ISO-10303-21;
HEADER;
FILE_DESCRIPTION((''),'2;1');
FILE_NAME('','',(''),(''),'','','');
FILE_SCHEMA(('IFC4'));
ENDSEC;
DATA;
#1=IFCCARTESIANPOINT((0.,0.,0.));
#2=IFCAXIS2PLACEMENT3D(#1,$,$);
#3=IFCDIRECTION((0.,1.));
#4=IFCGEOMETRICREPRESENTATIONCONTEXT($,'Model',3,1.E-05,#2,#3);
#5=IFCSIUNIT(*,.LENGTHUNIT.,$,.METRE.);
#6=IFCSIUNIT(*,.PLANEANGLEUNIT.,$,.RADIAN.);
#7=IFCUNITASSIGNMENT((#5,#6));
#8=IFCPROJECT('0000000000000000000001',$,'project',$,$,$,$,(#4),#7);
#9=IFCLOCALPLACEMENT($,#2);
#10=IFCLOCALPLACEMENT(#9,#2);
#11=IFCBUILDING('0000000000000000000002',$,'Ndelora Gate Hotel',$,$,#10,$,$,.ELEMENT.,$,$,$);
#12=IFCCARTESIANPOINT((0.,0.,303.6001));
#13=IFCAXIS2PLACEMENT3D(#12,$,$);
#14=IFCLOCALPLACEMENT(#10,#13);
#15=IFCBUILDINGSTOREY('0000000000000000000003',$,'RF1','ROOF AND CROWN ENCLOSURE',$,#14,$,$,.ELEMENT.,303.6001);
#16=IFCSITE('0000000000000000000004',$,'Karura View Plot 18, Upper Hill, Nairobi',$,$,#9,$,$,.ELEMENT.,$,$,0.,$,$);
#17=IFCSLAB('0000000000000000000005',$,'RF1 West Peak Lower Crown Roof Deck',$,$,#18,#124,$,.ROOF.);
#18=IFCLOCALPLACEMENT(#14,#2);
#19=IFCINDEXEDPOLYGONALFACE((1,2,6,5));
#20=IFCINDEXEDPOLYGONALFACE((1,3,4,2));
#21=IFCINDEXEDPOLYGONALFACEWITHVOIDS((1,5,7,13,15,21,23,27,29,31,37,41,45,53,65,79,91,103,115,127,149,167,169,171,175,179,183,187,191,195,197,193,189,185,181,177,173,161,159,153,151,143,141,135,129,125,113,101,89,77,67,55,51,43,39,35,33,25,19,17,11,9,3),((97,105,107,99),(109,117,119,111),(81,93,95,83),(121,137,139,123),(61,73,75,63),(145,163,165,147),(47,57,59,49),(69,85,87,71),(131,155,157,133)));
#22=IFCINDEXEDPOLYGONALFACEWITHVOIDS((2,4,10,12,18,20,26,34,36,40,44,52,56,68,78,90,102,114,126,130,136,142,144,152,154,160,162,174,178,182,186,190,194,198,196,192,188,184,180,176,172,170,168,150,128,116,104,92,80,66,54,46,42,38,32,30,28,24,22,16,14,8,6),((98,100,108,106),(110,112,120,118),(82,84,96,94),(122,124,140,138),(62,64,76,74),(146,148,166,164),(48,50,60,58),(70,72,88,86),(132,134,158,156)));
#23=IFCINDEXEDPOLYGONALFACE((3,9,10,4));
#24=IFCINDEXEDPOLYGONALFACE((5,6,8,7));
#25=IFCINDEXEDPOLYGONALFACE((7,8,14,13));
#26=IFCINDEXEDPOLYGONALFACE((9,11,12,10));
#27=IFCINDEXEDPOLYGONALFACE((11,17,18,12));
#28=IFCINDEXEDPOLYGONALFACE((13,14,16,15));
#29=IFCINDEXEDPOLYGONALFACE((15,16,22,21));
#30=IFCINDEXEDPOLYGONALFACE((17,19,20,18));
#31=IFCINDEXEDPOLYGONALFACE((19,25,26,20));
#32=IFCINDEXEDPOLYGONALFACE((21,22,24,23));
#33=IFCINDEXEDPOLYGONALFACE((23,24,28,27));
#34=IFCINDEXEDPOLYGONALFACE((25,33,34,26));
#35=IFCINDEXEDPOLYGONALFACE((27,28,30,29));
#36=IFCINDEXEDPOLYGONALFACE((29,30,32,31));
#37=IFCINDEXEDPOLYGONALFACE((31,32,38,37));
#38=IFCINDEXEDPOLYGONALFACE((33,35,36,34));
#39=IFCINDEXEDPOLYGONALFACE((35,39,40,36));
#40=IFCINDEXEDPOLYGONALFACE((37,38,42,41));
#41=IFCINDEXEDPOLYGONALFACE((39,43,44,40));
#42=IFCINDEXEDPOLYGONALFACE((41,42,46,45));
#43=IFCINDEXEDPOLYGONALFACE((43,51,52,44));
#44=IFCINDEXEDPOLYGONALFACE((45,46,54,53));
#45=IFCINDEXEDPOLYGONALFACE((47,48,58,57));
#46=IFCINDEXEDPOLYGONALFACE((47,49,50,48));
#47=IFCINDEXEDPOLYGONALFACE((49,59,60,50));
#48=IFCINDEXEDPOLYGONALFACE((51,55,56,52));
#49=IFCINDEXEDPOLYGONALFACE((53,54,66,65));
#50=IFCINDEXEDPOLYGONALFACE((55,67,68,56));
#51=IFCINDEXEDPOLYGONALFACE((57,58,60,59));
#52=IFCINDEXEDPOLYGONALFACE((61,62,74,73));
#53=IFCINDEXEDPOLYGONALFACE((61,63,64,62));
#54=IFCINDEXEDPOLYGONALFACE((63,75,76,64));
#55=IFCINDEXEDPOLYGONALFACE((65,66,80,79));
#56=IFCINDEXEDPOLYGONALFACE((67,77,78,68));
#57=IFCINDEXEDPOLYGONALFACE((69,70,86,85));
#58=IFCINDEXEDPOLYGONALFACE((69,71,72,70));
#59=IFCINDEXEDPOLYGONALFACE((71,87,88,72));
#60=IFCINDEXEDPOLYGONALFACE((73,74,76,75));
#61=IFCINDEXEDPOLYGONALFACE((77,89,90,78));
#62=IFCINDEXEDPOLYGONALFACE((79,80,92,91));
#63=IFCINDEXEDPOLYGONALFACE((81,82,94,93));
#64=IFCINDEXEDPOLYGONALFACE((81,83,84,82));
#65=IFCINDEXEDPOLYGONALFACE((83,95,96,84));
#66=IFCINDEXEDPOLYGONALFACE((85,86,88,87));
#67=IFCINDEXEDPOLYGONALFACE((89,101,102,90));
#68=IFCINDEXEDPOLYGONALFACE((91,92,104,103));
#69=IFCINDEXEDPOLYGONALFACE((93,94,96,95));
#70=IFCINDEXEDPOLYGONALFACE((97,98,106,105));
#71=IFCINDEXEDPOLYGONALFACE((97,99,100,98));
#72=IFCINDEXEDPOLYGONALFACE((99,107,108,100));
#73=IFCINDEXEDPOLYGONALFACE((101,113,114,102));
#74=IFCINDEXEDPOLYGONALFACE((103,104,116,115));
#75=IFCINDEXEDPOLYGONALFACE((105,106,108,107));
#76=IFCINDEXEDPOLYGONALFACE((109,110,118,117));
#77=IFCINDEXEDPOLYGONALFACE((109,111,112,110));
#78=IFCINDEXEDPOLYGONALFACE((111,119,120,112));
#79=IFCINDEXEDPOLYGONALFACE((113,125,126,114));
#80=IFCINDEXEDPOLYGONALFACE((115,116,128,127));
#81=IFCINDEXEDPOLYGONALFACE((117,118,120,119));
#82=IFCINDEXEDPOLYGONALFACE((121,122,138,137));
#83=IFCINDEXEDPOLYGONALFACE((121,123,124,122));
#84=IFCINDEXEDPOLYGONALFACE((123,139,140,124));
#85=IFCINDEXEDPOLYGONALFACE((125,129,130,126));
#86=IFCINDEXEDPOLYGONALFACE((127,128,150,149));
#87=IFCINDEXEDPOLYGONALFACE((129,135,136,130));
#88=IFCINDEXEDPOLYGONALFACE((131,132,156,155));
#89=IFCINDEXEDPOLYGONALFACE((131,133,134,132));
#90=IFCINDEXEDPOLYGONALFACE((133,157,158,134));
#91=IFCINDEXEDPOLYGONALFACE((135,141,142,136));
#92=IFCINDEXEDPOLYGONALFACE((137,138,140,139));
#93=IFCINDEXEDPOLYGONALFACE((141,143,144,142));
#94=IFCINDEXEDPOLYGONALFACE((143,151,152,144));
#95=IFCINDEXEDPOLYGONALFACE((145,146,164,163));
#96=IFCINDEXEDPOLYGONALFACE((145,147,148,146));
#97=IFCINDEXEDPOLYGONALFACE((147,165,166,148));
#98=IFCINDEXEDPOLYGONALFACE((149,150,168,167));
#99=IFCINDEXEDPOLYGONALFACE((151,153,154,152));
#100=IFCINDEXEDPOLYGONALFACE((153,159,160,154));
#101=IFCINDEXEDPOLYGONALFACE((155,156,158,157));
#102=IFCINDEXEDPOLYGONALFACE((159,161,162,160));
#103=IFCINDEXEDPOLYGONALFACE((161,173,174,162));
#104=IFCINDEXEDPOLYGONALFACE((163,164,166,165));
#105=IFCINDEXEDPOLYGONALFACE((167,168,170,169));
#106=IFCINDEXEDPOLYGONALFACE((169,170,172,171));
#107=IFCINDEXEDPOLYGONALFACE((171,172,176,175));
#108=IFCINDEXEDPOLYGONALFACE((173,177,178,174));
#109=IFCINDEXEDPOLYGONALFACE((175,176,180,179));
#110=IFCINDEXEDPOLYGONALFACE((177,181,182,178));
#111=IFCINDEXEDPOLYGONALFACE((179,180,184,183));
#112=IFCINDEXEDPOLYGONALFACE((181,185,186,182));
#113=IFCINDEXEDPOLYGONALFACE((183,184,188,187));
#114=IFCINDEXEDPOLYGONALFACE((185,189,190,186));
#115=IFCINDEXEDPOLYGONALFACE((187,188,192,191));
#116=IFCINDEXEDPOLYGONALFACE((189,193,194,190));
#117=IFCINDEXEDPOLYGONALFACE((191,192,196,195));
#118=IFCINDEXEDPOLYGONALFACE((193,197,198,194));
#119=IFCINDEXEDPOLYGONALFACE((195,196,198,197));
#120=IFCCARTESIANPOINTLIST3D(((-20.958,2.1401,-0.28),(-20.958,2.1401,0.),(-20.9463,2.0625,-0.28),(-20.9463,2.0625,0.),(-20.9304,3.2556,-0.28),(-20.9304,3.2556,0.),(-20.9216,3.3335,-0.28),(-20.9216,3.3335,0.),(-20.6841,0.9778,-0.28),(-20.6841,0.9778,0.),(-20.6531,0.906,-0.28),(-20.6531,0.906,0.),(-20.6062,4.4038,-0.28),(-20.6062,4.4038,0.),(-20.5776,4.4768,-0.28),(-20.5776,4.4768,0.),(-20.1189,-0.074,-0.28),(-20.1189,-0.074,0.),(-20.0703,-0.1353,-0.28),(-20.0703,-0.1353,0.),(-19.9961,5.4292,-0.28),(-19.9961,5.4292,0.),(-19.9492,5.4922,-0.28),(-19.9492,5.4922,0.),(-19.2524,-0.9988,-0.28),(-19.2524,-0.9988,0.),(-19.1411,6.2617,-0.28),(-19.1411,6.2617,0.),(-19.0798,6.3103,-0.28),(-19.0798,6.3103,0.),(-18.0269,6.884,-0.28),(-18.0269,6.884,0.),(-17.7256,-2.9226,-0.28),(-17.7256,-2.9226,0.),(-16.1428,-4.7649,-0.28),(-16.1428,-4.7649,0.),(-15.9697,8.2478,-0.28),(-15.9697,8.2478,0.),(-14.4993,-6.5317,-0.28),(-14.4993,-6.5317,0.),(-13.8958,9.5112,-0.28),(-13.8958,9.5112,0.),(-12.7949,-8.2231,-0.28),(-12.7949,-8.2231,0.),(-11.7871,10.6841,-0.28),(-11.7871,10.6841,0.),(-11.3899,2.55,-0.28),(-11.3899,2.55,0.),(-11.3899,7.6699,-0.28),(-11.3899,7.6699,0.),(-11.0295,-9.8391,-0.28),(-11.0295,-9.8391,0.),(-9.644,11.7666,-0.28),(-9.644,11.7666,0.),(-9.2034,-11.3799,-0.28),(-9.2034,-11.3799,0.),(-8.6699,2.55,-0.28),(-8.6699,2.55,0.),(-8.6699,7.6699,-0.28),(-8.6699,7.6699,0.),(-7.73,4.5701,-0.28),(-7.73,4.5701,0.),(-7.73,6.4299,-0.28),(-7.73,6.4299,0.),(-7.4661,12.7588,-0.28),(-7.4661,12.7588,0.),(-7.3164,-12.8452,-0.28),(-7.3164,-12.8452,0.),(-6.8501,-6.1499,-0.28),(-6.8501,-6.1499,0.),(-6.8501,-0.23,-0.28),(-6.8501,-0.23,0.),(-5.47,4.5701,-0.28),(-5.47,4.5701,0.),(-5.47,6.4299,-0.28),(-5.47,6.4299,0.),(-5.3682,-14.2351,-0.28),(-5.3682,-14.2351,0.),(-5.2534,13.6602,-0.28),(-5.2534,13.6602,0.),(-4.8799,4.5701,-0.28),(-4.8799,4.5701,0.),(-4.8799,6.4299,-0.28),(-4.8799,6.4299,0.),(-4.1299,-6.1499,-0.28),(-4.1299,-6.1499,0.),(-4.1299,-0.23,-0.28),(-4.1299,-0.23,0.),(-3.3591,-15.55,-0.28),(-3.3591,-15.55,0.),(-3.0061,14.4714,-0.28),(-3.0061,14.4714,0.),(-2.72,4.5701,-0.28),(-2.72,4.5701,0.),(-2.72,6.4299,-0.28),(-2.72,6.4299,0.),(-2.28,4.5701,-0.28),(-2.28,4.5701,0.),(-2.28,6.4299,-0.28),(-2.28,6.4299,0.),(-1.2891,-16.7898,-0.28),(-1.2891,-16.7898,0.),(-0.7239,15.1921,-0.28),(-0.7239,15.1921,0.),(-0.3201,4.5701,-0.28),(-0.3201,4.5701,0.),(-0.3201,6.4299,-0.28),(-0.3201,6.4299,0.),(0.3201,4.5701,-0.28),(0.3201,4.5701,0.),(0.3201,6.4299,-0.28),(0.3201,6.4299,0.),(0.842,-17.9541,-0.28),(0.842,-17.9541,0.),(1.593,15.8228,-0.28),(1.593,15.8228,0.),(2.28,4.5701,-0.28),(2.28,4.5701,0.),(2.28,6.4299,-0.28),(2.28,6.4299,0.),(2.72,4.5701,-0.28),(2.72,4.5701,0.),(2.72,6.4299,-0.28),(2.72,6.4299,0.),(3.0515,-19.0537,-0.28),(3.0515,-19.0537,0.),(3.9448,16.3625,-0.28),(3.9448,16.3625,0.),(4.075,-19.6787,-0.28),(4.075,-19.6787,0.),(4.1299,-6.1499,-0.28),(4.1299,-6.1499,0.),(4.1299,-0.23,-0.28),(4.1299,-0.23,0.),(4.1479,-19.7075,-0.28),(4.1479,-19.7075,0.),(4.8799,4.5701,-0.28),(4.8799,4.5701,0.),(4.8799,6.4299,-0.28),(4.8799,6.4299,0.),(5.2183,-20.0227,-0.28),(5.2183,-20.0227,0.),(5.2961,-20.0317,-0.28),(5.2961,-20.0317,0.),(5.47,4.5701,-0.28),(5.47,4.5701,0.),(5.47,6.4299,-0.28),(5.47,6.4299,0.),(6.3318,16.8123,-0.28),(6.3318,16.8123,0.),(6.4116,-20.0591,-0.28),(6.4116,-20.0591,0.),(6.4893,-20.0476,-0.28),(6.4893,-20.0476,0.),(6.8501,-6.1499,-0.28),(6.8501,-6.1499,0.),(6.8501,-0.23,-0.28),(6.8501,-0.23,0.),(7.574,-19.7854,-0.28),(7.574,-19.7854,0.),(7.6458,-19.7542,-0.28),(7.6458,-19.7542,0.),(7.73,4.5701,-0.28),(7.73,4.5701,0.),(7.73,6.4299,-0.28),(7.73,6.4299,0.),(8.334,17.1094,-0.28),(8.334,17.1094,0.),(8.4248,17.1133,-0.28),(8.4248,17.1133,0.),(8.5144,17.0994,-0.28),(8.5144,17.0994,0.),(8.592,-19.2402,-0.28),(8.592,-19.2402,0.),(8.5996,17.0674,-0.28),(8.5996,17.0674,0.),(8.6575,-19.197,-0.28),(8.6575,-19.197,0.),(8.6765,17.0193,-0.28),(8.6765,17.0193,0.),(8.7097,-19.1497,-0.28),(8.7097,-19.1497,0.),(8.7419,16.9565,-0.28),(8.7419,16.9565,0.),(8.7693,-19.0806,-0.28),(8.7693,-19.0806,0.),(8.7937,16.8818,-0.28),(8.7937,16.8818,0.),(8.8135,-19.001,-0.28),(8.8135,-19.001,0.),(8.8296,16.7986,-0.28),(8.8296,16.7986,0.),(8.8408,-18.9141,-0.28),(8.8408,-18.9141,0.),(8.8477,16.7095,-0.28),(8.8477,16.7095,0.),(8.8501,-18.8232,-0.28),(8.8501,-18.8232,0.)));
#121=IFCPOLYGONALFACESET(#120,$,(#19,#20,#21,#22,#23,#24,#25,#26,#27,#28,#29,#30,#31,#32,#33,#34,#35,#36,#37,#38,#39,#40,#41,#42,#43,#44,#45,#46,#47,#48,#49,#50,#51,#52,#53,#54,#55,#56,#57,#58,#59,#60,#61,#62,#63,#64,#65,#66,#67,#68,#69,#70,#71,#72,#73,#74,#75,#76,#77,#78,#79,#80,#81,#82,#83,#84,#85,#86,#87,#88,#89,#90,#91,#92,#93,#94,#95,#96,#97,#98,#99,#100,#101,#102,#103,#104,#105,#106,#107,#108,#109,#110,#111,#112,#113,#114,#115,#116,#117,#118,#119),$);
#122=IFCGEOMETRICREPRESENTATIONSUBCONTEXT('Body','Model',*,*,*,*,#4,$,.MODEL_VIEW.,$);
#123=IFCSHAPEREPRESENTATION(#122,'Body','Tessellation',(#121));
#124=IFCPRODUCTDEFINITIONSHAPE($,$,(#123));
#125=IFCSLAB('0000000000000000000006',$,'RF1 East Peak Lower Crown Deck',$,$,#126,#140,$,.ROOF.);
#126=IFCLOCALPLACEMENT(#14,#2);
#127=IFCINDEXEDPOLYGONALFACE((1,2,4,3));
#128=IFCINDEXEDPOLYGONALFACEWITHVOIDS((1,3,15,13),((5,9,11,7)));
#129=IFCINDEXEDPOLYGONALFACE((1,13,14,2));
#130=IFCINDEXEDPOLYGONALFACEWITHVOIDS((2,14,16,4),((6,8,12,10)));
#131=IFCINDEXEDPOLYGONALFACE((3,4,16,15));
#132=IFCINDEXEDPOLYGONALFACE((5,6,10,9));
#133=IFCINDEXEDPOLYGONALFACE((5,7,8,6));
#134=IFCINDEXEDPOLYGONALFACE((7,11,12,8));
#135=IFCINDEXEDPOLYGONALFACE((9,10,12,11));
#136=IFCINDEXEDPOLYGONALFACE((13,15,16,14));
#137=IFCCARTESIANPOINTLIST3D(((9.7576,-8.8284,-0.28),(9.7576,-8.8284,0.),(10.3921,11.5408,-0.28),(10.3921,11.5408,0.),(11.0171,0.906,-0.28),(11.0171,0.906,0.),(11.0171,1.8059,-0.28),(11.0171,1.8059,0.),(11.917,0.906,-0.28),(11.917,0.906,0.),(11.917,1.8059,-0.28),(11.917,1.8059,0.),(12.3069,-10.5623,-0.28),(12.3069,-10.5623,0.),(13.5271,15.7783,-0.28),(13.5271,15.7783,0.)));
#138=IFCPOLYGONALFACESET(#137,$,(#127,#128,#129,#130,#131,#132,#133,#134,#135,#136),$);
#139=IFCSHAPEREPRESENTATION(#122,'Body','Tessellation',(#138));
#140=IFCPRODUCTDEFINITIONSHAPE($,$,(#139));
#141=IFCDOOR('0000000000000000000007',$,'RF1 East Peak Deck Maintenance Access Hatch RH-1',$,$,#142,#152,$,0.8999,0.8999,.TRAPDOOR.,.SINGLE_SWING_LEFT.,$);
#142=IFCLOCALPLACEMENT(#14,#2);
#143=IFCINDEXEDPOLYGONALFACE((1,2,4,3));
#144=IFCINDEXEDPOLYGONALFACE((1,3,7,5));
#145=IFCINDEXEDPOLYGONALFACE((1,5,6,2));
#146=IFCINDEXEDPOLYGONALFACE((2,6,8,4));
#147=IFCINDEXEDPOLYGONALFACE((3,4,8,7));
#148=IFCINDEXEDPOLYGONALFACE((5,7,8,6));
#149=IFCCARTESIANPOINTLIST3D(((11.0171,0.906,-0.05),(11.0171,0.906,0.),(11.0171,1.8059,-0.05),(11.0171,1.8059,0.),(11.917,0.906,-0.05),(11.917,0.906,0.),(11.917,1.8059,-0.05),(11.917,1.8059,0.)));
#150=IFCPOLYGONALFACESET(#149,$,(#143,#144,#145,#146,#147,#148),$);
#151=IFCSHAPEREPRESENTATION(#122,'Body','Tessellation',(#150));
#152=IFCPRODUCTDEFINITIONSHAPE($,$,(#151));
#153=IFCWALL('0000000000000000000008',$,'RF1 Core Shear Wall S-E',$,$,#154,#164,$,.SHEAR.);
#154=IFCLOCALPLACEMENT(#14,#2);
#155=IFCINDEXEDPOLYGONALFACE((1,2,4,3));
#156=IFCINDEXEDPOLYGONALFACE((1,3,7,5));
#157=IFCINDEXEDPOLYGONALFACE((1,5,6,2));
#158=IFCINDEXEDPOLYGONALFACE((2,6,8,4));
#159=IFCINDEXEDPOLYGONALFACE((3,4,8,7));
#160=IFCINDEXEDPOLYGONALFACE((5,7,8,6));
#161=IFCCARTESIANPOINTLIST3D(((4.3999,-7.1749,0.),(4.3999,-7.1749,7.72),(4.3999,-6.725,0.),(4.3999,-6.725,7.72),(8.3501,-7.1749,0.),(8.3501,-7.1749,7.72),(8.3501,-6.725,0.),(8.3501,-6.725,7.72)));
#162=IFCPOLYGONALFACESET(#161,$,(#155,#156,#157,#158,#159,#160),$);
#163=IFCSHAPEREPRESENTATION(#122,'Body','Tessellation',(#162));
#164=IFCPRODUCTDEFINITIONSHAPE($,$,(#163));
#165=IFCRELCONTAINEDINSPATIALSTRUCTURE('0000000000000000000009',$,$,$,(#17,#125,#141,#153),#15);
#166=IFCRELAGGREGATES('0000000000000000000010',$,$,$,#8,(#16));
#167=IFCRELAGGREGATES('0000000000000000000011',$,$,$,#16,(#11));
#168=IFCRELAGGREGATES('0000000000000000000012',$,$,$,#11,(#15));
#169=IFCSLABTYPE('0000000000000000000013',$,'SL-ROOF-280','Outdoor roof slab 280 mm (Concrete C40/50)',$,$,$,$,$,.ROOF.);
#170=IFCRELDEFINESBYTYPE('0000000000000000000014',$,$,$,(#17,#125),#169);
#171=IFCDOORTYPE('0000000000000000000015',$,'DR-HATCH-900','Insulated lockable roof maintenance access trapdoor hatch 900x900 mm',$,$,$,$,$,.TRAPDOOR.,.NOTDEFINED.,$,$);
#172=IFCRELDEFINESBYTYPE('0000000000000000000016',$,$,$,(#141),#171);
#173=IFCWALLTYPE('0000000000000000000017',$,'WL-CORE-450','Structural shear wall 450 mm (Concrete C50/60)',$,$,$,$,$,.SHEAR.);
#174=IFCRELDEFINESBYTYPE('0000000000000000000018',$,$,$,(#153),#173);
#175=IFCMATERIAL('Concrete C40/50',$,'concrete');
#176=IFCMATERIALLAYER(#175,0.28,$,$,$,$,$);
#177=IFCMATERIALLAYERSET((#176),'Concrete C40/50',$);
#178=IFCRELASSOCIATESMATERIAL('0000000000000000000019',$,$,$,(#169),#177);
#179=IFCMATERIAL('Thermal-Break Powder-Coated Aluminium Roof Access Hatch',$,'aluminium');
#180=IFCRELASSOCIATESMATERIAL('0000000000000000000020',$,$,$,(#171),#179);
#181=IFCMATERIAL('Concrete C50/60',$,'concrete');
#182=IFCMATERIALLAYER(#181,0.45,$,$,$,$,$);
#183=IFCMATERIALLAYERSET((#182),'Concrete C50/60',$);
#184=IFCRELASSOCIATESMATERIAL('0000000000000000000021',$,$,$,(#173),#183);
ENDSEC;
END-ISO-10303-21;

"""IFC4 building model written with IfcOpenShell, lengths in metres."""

from ifc_helpers import new_model, si_unit, direction, frame, frame_2d, origin, origin_2d, place, context, subcontext, project, spatial, polyline, rectangle, outline, extrude, material, layer, layer_set, type_object, element, fill, save


model = new_model("IFC4")

# Units and contexts
model_context = context("Model", 3, precision=1e-05, world=origin(), true_north=direction((0.0, 1.0)))
body_context = subcontext(model_context, "Body", "Model", "MODEL_VIEW")
ifc_project = project(units=[si_unit("LENGTHUNIT", "METRE"), si_unit("PLANEANGLEUNIT", "RADIAN")], contexts=[model_context])

# Site, building, storey
site_placement = place(None, origin())
site = spatial("IfcSite", under=ifc_project, at=site_placement, Name="Karura View Plot 18, Upper Hill, Nairobi", CompositionType="ELEMENT", RefElevation=0.0)
building_placement = place(site_placement, origin())
building = spatial("IfcBuilding", under=site, at=building_placement, Name="Ndelora Gate Hotel", CompositionType="ELEMENT")
storey_placement = place(building_placement, frame((0.0, 0.0, 303.6001)))
storey = spatial("IfcBuildingStorey", under=building, at=storey_placement, Name="RF1", Description="ROOF AND CROWN ENCLOSURE", CompositionType="ELEMENT", Elevation=303.6001)

# Shared definitions
ifc_material_1 = material(Name="Concrete C50/60", Category="concrete")

# Slab
ifc_material_2 = material(Name="Concrete C40/50", Category="concrete")
ifc_layer_1 = layer(ifc_material_2, 0.28)
ifc_layer_set_1 = layer_set([ifc_layer_1], Name="Concrete C40/50")
slab_type_1 = type_object("IfcSlabType", Name="SL-ROOF-280", Description="Outdoor roof slab 280 mm (Concrete C40/50)", PredefinedType="ROOF", material=ifc_layer_set_1)
slab_1_placement = place(storey_placement, frame((0.0, 0.0, -0.28)))
element("IfcSlab", 1, at=slab_1_placement, inside=storey, type_object=slab_type_1, Name="RF1 West Peak Lower Crown Roof Deck", PredefinedType="ROOF", context=body_context, shape_type="SweptSolid", body=[
    extrude(outline(polyline([(-18.0269, 6.884), (-19.0798, 6.3103), (-19.1411, 6.2617), (-19.9492, 5.4922), (-19.9961, 5.4292), (-20.5776, 4.4768), (-20.6062, 4.4038), (-20.9216, 3.3335), (-20.9304, 3.2556), (-20.958, 2.1401), (-20.9463, 2.0625), (-20.6841, 0.9778), (-20.6531, 0.906), (-20.1189, -0.074), (-20.0703, -0.1353), (-19.2524, -0.9988), (-17.7256, -2.9226), (-16.1428, -4.7649), (-14.4993, -6.5317), (-12.7949, -8.2231), (-11.0295, -9.8391), (-9.2034, -11.3799), (-7.3164, -12.8452), (-5.3682, -14.2351), (-3.3591, -15.55), (-1.2891, -16.7898), (0.842, -17.9541), (3.0515, -19.0537), (4.075, -19.6787), (4.1479, -19.7075), (5.2183, -20.0227), (5.2961, -20.0317), (6.4116, -20.0591), (6.4893, -20.0476), (7.574, -19.7854), (7.6458, -19.7542), (8.592, -19.2402), (8.6575, -19.197), (8.7097, -19.1497), (8.7693, -19.0806), (8.8135, -19.001), (8.8408, -18.9141), (8.8501, -18.8232), (8.8477, 16.7095), (8.8296, 16.7986), (8.7937, 16.8818), (8.7419, 16.9565), (8.6765, 17.0193), (8.5996, 17.0674), (8.5144, 17.0994), (8.4248, 17.1133), (8.334, 17.1094), (6.3318, 16.8123), (3.9448, 16.3625), (1.593, 15.8228), (-0.7239, 15.1921), (-3.0061, 14.4714), (-5.2534, 13.6602), (-7.4661, 12.7588), (-9.644, 11.7666), (-11.7871, 10.6841), (-13.8958, 9.5112), (-15.9697, 8.2478), (-18.0269, 6.884)]), holes=[polyline([(-6.8501, -0.23), (-6.8501, -6.1499), (-4.1299, -6.1499), (-4.1299, -0.23), (-6.8501, -0.23)]), polyline([(4.1299, -0.23), (4.1299, -6.1499), (6.8501, -6.1499), (6.8501, -0.23), (4.1299, -0.23)]), polyline([(-11.3899, 7.6699), (-11.3899, 2.55), (-8.6699, 2.55), (-8.6699, 7.6699), (-11.3899, 7.6699)]), polyline([(-7.73, 4.5701), (-5.47, 4.5701), (-5.47, 6.4299), (-7.73, 6.4299), (-7.73, 4.5701)]), polyline([(5.47, 4.5701), (7.73, 4.5701), (7.73, 6.4299), (5.47, 6.4299), (5.47, 4.5701)]), polyline([(-4.8799, 4.5701), (-2.72, 4.5701), (-2.72, 6.4299), (-4.8799, 6.4299), (-4.8799, 4.5701)]), polyline([(2.72, 4.5701), (4.8799, 4.5701), (4.8799, 6.4299), (2.72, 6.4299), (2.72, 4.5701)]), polyline([(-2.28, 4.5701), (-0.3201, 4.5701), (-0.3201, 6.4299), (-2.28, 6.4299), (-2.28, 4.5701)]), polyline([(0.3201, 4.5701), (2.28, 4.5701), (2.28, 6.4299), (0.3201, 6.4299), (0.3201, 4.5701)])]), origin(), (0.0, 0.0, 1.0), 0.28),
])

# Slab, opening, door
slab_2_placement = place(storey_placement, frame((0.0, 0.0, -0.28)))
slab_2 = element("IfcSlab", 2, at=slab_2_placement, inside=storey, type_object=slab_type_1, Name="RF1 East Peak Lower Crown Deck", PredefinedType="ROOF", context=body_context, shape_type="SweptSolid", body=[
    extrude(outline(polyline([(9.7576, -8.8284), (12.3069, -10.5623), (13.5271, 15.7783), (10.3921, 11.5408), (9.7576, -8.8284)]), holes=[polyline([(11.0171, 0.906), (11.917, 0.906), (11.917, 1.8059), (11.0171, 1.8059), (11.0171, 0.906)])]), origin(), (0.0, 0.0, 1.0), 0.28),
])
opening_placement = place(slab_2_placement, frame((11.467, 1.356, 0.0)))
opening = element("IfcOpeningElement", 3, at=opening_placement, cuts=slab_2, PredefinedType="OPENING", context=body_context, shape_type="SweptSolid", body=[
    extrude(rectangle(XDim=0.8999, YDim=0.8999, at=origin_2d()), frame((0.0, 0.0, -0.01)), (0.0, 0.0, 1.0), 0.3),
])
ifc_material_3 = material(Name="Thermal-Break Powder-Coated Aluminium Roof Access Hatch", Category="aluminium")
door_type = type_object("IfcDoorType", Name="DR-HATCH-900", Description="Insulated lockable roof maintenance access trapdoor hatch 900x900 mm", OperationType="NOTDEFINED", PredefinedType="TRAPDOOR", material=ifc_material_3)
door_placement = place(opening_placement, frame((0.0, 0.0, 0.23)))
door = element("IfcDoor", 4, at=door_placement, inside=storey, type_object=door_type, Name="RF1 East Peak Deck Maintenance Access Hatch RH-1", OperationType="SINGLE_SWING_LEFT", OverallHeight=0.8999, OverallWidth=0.8999, PredefinedType="TRAPDOOR", context=body_context, shape_type="SweptSolid", body=[
    extrude(rectangle(XDim=0.8999, YDim=0.8999, at=origin_2d()), origin(), (0.0, 0.0, 1.0), 0.05),
])
fill(opening, door)

# Wall
ifc_layer_2 = layer(ifc_material_1, 0.45)
ifc_layer_set_2 = layer_set([ifc_layer_2], Name="Concrete C50/60")
wall_type_1 = type_object("IfcWallType", Name="WL-CORE-450", Description="Structural shear wall 450 mm (Concrete C50/60)", PredefinedType="SHEAR", material=ifc_layer_set_2)
wall_1_placement = place(storey_placement, frame((4.3999, -6.95, 0.0), z_axis=(0.0, 0.0, 1.0), x_axis=(1.0, 0.0, 0.0)))
element("IfcWall", 5, at=wall_1_placement, inside=storey, type_object=wall_type_1, Name="RF1 Core Shear Wall S-E", PredefinedType="SHEAR", context=body_context, shape_type="SweptSolid", body=[
    extrude(rectangle(XDim=3.9502, YDim=0.45, at=frame_2d((1.9751, 0.0))), origin(), (0.0, 0.0, 1.0), 7.72),
])

save(model, "model.ifc")
